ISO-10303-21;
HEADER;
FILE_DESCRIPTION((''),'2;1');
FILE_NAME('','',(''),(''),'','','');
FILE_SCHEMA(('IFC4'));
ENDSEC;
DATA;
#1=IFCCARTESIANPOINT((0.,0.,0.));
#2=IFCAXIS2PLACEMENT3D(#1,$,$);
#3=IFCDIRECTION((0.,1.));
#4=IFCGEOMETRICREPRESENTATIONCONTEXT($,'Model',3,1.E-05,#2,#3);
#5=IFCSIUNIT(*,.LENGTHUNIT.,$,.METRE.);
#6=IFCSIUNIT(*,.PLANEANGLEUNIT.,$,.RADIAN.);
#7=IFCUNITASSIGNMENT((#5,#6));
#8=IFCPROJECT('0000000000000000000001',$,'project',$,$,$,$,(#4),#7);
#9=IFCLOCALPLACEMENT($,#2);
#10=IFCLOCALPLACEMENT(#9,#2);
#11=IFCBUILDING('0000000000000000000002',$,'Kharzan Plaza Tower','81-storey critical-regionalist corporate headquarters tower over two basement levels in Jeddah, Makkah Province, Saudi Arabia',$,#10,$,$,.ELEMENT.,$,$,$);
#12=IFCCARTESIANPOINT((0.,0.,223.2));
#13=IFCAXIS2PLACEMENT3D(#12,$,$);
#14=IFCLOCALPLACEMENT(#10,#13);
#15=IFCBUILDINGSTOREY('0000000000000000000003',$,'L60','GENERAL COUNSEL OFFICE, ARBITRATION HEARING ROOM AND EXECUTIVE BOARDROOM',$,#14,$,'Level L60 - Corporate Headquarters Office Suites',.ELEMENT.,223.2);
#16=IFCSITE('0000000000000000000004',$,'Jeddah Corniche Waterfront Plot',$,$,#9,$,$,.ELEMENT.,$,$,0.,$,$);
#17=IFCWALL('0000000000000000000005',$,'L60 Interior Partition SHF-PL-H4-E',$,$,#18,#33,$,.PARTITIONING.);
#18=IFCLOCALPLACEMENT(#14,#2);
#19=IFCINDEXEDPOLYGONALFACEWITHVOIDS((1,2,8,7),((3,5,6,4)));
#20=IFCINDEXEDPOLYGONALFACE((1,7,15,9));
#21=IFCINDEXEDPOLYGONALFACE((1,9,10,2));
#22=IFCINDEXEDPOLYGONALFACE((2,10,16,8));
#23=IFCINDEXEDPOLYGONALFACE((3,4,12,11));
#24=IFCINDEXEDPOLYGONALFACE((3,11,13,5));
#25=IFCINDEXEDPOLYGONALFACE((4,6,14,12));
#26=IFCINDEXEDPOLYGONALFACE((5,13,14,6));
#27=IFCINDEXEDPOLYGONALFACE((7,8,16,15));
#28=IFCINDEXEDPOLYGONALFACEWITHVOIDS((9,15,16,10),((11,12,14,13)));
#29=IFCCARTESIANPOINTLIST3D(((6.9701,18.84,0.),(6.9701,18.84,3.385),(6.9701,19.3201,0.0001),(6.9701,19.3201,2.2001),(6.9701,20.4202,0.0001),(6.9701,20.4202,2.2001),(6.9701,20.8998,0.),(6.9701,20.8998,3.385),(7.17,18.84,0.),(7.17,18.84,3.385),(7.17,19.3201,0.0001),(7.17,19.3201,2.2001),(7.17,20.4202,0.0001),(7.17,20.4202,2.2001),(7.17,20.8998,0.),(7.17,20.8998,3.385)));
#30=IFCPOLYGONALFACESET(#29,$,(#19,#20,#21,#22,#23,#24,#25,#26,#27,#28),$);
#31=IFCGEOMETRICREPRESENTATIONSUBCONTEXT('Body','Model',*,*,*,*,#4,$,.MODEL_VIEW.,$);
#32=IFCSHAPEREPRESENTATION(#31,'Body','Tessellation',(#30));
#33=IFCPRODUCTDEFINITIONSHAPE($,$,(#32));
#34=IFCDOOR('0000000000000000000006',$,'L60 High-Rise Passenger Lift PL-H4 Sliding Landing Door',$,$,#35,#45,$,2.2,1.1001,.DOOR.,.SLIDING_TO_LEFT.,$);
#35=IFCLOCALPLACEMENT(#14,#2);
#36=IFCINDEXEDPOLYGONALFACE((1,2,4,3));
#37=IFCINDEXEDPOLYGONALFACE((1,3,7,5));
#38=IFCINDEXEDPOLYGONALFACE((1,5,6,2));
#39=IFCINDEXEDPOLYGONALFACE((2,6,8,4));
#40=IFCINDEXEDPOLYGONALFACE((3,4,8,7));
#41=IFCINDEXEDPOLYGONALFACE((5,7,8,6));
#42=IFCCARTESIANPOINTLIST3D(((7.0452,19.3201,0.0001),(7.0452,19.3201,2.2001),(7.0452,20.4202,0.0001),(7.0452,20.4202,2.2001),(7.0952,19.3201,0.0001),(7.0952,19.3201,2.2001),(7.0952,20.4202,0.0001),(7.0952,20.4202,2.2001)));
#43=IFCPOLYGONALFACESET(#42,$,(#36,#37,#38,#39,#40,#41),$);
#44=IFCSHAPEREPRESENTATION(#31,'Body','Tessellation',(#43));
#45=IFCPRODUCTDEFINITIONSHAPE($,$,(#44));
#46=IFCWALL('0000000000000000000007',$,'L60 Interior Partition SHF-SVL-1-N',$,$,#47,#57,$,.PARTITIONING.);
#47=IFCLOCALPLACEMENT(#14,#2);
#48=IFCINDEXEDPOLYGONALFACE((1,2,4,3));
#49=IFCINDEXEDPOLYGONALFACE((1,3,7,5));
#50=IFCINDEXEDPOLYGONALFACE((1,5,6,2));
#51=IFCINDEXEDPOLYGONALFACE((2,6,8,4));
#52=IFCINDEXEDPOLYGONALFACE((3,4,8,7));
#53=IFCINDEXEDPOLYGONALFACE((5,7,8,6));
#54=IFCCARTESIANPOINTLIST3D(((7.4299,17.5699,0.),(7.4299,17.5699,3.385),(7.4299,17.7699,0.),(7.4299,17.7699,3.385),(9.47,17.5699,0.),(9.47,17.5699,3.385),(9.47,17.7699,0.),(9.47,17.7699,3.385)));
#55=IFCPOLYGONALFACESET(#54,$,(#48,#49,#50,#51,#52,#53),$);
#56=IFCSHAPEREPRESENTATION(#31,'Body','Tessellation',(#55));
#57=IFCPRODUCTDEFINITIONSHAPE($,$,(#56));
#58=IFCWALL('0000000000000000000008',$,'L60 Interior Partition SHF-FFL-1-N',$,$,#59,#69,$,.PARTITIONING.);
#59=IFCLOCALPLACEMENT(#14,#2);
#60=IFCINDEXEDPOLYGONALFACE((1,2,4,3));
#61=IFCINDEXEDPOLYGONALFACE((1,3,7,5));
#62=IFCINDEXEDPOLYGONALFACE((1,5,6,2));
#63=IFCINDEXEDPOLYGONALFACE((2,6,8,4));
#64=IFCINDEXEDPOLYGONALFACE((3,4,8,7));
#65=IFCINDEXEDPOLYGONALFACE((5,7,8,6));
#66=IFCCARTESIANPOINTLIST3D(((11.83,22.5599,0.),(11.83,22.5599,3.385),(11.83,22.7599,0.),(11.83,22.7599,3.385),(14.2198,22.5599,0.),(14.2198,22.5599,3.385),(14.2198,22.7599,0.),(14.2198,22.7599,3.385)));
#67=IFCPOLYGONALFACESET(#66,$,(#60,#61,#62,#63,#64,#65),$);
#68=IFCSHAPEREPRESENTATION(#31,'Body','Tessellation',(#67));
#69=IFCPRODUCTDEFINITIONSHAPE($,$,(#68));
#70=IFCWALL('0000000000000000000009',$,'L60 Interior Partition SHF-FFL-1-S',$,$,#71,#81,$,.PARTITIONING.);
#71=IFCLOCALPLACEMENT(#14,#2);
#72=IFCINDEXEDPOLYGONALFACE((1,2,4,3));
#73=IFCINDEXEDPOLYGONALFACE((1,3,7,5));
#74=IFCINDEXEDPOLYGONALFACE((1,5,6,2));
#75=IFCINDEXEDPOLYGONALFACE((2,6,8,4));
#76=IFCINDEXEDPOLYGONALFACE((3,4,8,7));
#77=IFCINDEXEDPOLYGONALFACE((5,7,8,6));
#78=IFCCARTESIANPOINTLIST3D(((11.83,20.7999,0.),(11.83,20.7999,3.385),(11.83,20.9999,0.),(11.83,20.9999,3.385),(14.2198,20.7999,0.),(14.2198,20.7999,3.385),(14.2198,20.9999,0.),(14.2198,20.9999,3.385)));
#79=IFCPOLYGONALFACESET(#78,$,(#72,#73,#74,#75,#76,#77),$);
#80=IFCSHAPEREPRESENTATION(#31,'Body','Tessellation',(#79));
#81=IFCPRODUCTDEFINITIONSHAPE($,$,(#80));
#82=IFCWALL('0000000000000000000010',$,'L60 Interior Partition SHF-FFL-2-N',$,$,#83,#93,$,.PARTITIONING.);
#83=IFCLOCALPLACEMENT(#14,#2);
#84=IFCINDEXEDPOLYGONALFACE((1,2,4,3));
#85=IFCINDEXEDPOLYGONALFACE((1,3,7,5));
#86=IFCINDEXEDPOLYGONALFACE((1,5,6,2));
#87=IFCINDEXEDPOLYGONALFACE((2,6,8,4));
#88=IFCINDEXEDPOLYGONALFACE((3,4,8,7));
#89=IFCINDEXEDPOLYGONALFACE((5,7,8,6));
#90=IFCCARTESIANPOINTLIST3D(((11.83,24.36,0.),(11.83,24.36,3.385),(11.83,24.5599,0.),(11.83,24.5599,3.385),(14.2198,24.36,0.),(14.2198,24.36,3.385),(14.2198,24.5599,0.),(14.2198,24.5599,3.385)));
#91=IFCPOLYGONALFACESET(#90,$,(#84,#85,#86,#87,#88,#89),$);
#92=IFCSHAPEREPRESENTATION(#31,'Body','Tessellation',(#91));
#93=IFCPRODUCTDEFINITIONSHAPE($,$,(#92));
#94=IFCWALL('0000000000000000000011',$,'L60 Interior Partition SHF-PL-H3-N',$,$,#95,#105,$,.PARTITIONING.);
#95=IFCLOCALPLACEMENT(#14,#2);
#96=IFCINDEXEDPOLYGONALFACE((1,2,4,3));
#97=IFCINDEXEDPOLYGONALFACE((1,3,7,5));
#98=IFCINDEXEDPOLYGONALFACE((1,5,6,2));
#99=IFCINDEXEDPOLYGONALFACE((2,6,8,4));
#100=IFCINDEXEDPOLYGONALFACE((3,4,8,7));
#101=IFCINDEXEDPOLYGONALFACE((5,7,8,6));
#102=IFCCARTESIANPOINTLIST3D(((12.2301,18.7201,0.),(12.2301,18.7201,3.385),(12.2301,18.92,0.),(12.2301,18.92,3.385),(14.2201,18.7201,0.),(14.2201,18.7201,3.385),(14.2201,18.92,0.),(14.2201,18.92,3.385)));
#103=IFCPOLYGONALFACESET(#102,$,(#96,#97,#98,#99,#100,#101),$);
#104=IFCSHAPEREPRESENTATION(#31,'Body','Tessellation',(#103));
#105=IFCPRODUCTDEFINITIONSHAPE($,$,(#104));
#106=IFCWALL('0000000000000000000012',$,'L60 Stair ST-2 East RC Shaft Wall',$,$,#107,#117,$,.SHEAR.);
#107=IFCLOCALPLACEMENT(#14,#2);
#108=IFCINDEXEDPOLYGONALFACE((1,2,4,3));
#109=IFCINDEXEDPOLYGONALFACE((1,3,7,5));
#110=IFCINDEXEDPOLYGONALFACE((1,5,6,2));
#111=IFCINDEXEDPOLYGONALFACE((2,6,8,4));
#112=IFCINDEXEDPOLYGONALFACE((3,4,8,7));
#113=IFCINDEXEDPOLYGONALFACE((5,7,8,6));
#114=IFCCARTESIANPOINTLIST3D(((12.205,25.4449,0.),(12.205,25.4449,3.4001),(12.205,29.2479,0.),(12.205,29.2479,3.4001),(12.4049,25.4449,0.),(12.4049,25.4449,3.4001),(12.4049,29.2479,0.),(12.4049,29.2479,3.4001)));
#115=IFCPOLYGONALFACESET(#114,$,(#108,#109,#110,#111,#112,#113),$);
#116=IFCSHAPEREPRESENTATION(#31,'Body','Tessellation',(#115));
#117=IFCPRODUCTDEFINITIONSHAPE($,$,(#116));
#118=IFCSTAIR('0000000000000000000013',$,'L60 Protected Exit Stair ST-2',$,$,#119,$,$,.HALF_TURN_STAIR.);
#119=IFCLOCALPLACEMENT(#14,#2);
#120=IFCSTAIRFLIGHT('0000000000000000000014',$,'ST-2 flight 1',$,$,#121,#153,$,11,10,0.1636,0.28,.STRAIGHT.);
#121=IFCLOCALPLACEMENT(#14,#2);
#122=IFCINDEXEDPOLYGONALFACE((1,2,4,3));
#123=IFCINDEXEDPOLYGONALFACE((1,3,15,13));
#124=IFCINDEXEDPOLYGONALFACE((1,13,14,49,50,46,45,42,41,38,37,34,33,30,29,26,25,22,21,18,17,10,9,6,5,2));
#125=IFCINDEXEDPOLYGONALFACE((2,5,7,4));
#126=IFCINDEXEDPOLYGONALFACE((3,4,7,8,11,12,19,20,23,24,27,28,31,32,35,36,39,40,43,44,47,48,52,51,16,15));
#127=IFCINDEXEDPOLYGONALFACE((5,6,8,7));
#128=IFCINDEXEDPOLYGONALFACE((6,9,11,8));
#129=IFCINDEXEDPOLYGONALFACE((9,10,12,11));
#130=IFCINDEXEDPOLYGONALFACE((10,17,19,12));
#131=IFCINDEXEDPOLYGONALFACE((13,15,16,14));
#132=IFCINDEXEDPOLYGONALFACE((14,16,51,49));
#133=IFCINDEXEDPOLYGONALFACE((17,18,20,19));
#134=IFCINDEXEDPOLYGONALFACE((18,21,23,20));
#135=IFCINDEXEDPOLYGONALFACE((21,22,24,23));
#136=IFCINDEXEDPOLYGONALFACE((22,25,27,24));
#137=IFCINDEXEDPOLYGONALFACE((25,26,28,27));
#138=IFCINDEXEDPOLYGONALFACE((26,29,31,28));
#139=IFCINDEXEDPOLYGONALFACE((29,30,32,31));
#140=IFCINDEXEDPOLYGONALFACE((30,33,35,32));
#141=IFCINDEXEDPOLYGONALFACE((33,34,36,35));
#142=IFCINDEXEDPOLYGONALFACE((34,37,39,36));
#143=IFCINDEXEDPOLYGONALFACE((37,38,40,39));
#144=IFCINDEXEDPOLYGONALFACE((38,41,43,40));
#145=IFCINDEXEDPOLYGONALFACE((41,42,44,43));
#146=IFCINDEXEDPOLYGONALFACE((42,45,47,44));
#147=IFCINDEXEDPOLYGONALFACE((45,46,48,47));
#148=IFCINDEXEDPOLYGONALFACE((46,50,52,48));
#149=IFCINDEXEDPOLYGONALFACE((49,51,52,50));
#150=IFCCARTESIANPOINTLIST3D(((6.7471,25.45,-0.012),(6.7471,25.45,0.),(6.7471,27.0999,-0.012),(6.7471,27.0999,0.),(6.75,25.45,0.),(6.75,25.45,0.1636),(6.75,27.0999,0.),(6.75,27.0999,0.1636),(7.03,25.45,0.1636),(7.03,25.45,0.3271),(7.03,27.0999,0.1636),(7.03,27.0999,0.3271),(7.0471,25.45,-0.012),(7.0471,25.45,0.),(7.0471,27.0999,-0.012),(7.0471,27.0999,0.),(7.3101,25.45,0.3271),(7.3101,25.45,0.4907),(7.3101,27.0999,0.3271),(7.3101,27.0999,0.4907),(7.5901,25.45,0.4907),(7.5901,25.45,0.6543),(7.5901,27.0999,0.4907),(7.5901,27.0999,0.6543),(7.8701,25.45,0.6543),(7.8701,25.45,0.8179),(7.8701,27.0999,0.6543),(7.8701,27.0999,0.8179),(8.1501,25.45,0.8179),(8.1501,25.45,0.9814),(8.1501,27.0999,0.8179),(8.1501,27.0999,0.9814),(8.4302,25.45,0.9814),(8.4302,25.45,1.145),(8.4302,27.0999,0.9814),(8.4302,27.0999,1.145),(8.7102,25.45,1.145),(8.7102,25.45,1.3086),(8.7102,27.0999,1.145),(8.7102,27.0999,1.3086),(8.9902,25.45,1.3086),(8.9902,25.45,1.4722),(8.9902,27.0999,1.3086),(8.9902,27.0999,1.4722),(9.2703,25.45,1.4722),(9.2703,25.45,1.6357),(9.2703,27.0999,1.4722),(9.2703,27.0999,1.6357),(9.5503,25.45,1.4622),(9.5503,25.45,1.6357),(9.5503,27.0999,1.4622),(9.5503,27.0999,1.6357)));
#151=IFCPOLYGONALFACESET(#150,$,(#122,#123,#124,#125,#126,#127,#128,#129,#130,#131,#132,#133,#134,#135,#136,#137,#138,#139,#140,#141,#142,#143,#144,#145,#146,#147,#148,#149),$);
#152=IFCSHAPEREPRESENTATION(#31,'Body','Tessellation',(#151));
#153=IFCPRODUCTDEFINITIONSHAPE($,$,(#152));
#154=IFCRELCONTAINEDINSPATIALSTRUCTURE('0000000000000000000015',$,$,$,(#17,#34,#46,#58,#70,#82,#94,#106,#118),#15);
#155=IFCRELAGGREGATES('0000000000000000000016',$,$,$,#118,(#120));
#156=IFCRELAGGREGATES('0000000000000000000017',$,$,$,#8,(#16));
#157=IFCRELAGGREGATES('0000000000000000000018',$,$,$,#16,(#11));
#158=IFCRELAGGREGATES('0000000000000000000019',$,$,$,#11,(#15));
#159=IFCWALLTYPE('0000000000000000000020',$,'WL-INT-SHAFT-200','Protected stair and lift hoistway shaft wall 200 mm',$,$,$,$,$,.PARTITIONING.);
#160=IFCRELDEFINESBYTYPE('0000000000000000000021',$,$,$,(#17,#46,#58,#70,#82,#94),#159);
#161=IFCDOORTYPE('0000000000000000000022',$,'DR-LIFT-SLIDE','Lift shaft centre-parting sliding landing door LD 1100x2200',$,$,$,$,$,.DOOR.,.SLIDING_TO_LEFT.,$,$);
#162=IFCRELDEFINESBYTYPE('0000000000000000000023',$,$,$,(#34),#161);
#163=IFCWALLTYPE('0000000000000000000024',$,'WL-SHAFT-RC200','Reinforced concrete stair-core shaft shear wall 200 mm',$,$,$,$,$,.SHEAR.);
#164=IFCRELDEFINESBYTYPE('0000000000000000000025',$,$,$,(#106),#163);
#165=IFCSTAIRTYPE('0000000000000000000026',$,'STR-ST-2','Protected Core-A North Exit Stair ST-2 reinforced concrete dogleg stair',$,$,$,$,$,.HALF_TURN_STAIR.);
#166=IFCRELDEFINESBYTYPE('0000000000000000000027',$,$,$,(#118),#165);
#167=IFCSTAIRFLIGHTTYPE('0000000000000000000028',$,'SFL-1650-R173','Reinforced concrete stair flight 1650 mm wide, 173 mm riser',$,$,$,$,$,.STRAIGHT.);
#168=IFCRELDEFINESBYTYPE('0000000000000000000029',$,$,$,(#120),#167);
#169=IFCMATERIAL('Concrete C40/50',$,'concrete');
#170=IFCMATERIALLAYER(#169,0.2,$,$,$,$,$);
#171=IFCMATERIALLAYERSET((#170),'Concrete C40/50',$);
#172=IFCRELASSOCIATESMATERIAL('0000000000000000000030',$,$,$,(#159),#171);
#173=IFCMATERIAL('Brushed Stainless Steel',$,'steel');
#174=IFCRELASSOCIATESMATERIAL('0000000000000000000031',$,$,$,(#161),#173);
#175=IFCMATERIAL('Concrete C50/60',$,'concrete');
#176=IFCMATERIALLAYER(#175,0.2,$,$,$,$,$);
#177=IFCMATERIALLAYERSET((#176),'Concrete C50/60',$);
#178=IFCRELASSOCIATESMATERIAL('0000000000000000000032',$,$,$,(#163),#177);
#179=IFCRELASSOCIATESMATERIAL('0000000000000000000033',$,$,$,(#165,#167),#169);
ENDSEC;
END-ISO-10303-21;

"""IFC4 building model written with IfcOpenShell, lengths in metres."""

from ifc_helpers import new_model, si_unit, direction, frame, frame_2d, origin, place, context, subcontext, project, spatial, polyline, rectangle, outline, extrude, source, transform, mapped, material, layer, layer_set, type_object, element, fill, aggregate, save


model = new_model("IFC4")

# Units and contexts
model_context = context("Model", 3, precision=1e-05, world=origin(), true_north=direction((0.0, 1.0)))
body_context = subcontext(model_context, "Body", "Model", "MODEL_VIEW")
ifc_project = project(units=[si_unit("LENGTHUNIT", "METRE"), si_unit("PLANEANGLEUNIT", "RADIAN")], contexts=[model_context])

# Site, building, storey
site_placement = place(None, origin())
site = spatial("IfcSite", under=ifc_project, at=site_placement, Name="Jeddah Corniche Waterfront Plot", CompositionType="ELEMENT", RefElevation=0.0)
building_placement = place(site_placement, origin())
building = spatial("IfcBuilding", under=site, at=building_placement, Name="Kharzan Plaza Tower", Description="81-storey critical-regionalist corporate headquarters tower over two basement levels in Jeddah, Makkah Province, Saudi Arabia", CompositionType="ELEMENT")
storey_placement = place(building_placement, frame((0.0, 0.0, 223.2)))
storey = spatial("IfcBuildingStorey", under=building, at=storey_placement, Name="L60", Description="GENERAL COUNSEL OFFICE, ARBITRATION HEARING ROOM AND EXECUTIVE BOARDROOM", LongName="Level L60 - Corporate Headquarters Office Suites", CompositionType="ELEMENT", Elevation=223.2)

# Wall, opening, door
ifc_material_1 = material(Name="Concrete C40/50", Category="concrete")
ifc_layer_1 = layer(ifc_material_1, 0.2)
ifc_layer_set_1 = layer_set([ifc_layer_1], Name="Concrete C40/50")
wall_type_1 = type_object("IfcWallType", Name="WL-INT-SHAFT-200", Description="Protected stair and lift hoistway shaft wall 200 mm", PredefinedType="PARTITIONING", material=ifc_layer_set_1)
ifc_material_2 = material(Name="Brushed Stainless Steel", Category="steel")
door_type_1 = type_object("IfcDoorType", Name="DR-LIFT-SLIDE", Description="Lift shaft centre-parting sliding landing door LD 1100x2200", OperationType="SLIDING_TO_LEFT", PredefinedType="DOOR", material=ifc_material_2)
shared_shape_1 = source(origin(), body_context, "Body", "SweptSolid", [
    extrude(rectangle(XDim=1.1001, YDim=2.2, at=frame_2d((0.55, 1.1001))), frame((0.0, 0.0249, 0.0), z_axis=(0.0, -1.0, 0.0), x_axis=(1.0, 0.0, 0.0)), (0.0, 0.0, 1.0), 0.05),
])
wall_1_placement = place(storey_placement, frame((7.0701, 18.8401, 0.0), z_axis=(0.0, 0.0, 1.0), x_axis=(0.0, 1.0, 0.0)))
wall_1 = element("IfcWall", 1, at=wall_1_placement, inside=storey, type_object=wall_type_1, Name="L60 Interior Partition SHF-PL-H4-E", PredefinedType="PARTITIONING", context=body_context, shape_type="SweptSolid", body=[
    extrude(rectangle(XDim=2.0598, YDim=0.2, at=frame_2d((1.0298, 0.0))), origin(), (0.0, 0.0, 1.0), 3.385),
])
opening_1_placement = place(wall_1_placement, frame((0.48, 0.0, 0.0)))
opening_1 = element("IfcOpeningElement", 2, at=opening_1_placement, cuts=wall_1, PredefinedType="OPENING", context=body_context, shape_type="SweptSolid", body=[
    extrude(rectangle(XDim=1.1001, YDim=2.2, at=frame_2d((0.55, 1.1001))), frame((0.0, 0.1099, 0.0), z_axis=(0.0, -1.0, 0.0), x_axis=(1.0, 0.0, 0.0)), (0.0, 0.0, 1.0), 0.22),
])
door_1_placement = place(opening_1_placement, origin())
door_1 = element("IfcDoor", 3, at=door_1_placement, inside=storey, type_object=door_type_1, Name="L60 High-Rise Passenger Lift PL-H4 Sliding Landing Door", OperationType="SLIDING_TO_LEFT", OverallHeight=2.2, OverallWidth=1.1001, PredefinedType="DOOR", context=body_context, shape_type="MappedRepresentation", body=[
    mapped(shared_shape_1, transform((0.0, 0.0, 0.0), x_axis=(1.0, 0.0, 0.0), y_axis=(0.0, 1.0, 0.0), z_axis=(0.0, 0.0, 1.0))),
])
fill(opening_1, door_1)

# Walls
shared_shape_2 = source(origin(), body_context, "Body", "SweptSolid", [
    extrude(rectangle(XDim=2.04, YDim=0.2, at=frame_2d((1.02, 0.0))), origin(), (0.0, 0.0, 1.0), 3.385),
])
wall_2_placement = place(storey_placement, frame((7.4299, 17.6699, 0.0), z_axis=(0.0, 0.0, 1.0), x_axis=(1.0, 0.0, 0.0)))
element("IfcWall", 4, at=wall_2_placement, inside=storey, type_object=wall_type_1, Name="L60 Interior Partition SHF-SVL-1-N", PredefinedType="PARTITIONING", context=body_context, shape_type="MappedRepresentation", body=[
    mapped(shared_shape_2, transform((0.0, 0.0, 0.0), x_axis=(1.0, 0.0, 0.0), y_axis=(0.0, 1.0, 0.0), z_axis=(0.0, 0.0, 1.0))),
])
shared_shape_3 = source(origin(), body_context, "Body", "SweptSolid", [
    extrude(rectangle(XDim=2.3899, YDim=0.2, at=frame_2d((1.1948, 0.0))), origin(), (0.0, 0.0, 1.0), 3.385),
])
for number, where, z_axis, x_axis, name in (
    (5, (11.8301, 22.6599, 0.0), (0.0, 0.0, 1.0), (1.0, 0.0, 0.0), "L60 Interior Partition SHF-FFL-1-N"),
    (6, (11.8301, 20.8999, 0.0), (0.0, 0.0, 1.0), (1.0, 0.0, 0.0), "L60 Interior Partition SHF-FFL-1-S"),
    (7, (11.8301, 24.46, 0.0), (0.0, 0.0, 1.0), (1.0, 0.0, 0.0), "L60 Interior Partition SHF-FFL-2-N"),
):
    element("IfcWall", number, at=place(storey_placement, frame(where, z_axis=z_axis, x_axis=x_axis)), inside=storey, type_object=wall_type_1, Name=name, PredefinedType="PARTITIONING", context=body_context, shape_type="MappedRepresentation", body=[
        mapped(shared_shape_3, transform((0.0, 0.0, 0.0), x_axis=(1.0, 0.0, 0.0), y_axis=(0.0, 1.0, 0.0), z_axis=(0.0, 0.0, 1.0))),
    ])
shared_shape_4 = source(origin(), body_context, "Body", "SweptSolid", [
    extrude(rectangle(XDim=1.99, YDim=0.2, at=frame_2d((0.9951, 0.0))), origin(), (0.0, 0.0, 1.0), 3.385),
])
wall_3_placement = place(storey_placement, frame((12.23, 18.8201, 0.0), z_axis=(0.0, 0.0, 1.0), x_axis=(1.0, 0.0, 0.0)))
element("IfcWall", 8, at=wall_3_placement, inside=storey, type_object=wall_type_1, Name="L60 Interior Partition SHF-PL-H3-N", PredefinedType="PARTITIONING", context=body_context, shape_type="MappedRepresentation", body=[
    mapped(shared_shape_4, transform((0.0, 0.0, 0.0), x_axis=(1.0, 0.0, 0.0), y_axis=(0.0, 1.0, 0.0), z_axis=(0.0, 0.0, 1.0))),
])
ifc_material_3 = material(Name="Concrete C50/60", Category="concrete")
ifc_layer_2 = layer(ifc_material_3, 0.2)
ifc_layer_set_2 = layer_set([ifc_layer_2], Name="Concrete C50/60")
wall_type_2 = type_object("IfcWallType", Name="WL-SHAFT-RC200", Description="Reinforced concrete stair-core shaft shear wall 200 mm", PredefinedType="SHEAR", material=ifc_layer_set_2)
shared_shape_5 = source(origin(), body_context, "Body", "SweptSolid", [
    extrude(rectangle(XDim=3.803, YDim=0.2, at=frame_2d((1.9014, 0.0))), origin(), (0.0, 0.0, 1.0), 3.4001),
])
wall_4_placement = place(storey_placement, frame((12.3049, 25.4451, 0.0), z_axis=(0.0, 0.0, 1.0), x_axis=(0.0, 1.0, 0.0)))
element("IfcWall", 9, at=wall_4_placement, inside=storey, type_object=wall_type_2, Name="L60 Stair ST-2 East RC Shaft Wall", PredefinedType="SHEAR", context=body_context, shape_type="MappedRepresentation", body=[
    mapped(shared_shape_5, transform((0.0, 0.0, 0.0), x_axis=(1.0, 0.0, 0.0), y_axis=(0.0, 1.0, 0.0), z_axis=(0.0, 0.0, 1.0))),
])

# Stair, stair flight
stair_type = type_object("IfcStairType", Name="STR-ST-2", Description="Protected Core-A North Exit Stair ST-2 reinforced concrete dogleg stair", PredefinedType="HALF_TURN_STAIR", material=ifc_material_1)
stair_placement = place(storey_placement, origin())
stair = element("IfcStair", 10, at=stair_placement, inside=storey, type_object=stair_type, Name="L60 Protected Exit Stair ST-2", PredefinedType="HALF_TURN_STAIR")
stair_flight_type = type_object("IfcStairFlightType", Name="SFL-1650-R173", Description="Reinforced concrete stair flight 1650 mm wide, 173 mm riser", PredefinedType="STRAIGHT", material=ifc_material_1)
shared_shape_6 = source(origin(), body_context, "Body", "SweptSolid", [
    extrude(outline(polyline([(-0.0029, -0.012), (-0.0029, 0.0), (0.0, 0.0), (0.0, 0.1636), (0.28, 0.1636), (0.28, 0.3271), (0.5601, 0.3271), (0.5601, 0.4907), (0.8401, 0.4907), (0.8401, 0.6543), (1.1201, 0.6543), (1.1201, 0.8179), (1.4001, 0.8179), (1.4001, 0.9814), (1.6802, 0.9814), (1.6802, 1.145), (1.9602, 1.145), (1.9602, 1.3086), (2.2402, 1.3086), (2.2402, 1.4722), (2.5203, 1.4722), (2.5203, 1.6357), (2.8003, 1.6357), (2.8003, 1.7993), (2.8003, 1.4622), (0.2971, 0.0), (0.2971, -0.012), (-0.0029, -0.012)])), frame((0.0, 0.825, 0.0), z_axis=(0.0, -1.0, 0.0), x_axis=(1.0, 0.0, 0.0)), (0.0, 0.0, 1.0), 1.6499),
])
stair_flight_placement = place(storey_placement, frame((6.75, 26.2749, 0.0), z_axis=(0.0, 0.0, 1.0), x_axis=(1.0, 0.0, 0.0)))
stair_flight = element("IfcStairFlight", 11, at=stair_flight_placement, type_object=stair_flight_type, Name="ST-2 flight 1", NumberOfRisers=11, NumberOfTreads=10, PredefinedType="STRAIGHT", RiserHeight=0.1636, TreadLength=0.28, context=body_context, shape_type="MappedRepresentation", body=[
    mapped(shared_shape_6, transform((0.0, 0.0, 0.0), x_axis=(1.0, 0.0, 0.0), y_axis=(0.0, 1.0, 0.0), z_axis=(0.0, 0.0, 1.0))),
])
aggregate(stair, [stair_flight])

save(model, "model.ifc")
